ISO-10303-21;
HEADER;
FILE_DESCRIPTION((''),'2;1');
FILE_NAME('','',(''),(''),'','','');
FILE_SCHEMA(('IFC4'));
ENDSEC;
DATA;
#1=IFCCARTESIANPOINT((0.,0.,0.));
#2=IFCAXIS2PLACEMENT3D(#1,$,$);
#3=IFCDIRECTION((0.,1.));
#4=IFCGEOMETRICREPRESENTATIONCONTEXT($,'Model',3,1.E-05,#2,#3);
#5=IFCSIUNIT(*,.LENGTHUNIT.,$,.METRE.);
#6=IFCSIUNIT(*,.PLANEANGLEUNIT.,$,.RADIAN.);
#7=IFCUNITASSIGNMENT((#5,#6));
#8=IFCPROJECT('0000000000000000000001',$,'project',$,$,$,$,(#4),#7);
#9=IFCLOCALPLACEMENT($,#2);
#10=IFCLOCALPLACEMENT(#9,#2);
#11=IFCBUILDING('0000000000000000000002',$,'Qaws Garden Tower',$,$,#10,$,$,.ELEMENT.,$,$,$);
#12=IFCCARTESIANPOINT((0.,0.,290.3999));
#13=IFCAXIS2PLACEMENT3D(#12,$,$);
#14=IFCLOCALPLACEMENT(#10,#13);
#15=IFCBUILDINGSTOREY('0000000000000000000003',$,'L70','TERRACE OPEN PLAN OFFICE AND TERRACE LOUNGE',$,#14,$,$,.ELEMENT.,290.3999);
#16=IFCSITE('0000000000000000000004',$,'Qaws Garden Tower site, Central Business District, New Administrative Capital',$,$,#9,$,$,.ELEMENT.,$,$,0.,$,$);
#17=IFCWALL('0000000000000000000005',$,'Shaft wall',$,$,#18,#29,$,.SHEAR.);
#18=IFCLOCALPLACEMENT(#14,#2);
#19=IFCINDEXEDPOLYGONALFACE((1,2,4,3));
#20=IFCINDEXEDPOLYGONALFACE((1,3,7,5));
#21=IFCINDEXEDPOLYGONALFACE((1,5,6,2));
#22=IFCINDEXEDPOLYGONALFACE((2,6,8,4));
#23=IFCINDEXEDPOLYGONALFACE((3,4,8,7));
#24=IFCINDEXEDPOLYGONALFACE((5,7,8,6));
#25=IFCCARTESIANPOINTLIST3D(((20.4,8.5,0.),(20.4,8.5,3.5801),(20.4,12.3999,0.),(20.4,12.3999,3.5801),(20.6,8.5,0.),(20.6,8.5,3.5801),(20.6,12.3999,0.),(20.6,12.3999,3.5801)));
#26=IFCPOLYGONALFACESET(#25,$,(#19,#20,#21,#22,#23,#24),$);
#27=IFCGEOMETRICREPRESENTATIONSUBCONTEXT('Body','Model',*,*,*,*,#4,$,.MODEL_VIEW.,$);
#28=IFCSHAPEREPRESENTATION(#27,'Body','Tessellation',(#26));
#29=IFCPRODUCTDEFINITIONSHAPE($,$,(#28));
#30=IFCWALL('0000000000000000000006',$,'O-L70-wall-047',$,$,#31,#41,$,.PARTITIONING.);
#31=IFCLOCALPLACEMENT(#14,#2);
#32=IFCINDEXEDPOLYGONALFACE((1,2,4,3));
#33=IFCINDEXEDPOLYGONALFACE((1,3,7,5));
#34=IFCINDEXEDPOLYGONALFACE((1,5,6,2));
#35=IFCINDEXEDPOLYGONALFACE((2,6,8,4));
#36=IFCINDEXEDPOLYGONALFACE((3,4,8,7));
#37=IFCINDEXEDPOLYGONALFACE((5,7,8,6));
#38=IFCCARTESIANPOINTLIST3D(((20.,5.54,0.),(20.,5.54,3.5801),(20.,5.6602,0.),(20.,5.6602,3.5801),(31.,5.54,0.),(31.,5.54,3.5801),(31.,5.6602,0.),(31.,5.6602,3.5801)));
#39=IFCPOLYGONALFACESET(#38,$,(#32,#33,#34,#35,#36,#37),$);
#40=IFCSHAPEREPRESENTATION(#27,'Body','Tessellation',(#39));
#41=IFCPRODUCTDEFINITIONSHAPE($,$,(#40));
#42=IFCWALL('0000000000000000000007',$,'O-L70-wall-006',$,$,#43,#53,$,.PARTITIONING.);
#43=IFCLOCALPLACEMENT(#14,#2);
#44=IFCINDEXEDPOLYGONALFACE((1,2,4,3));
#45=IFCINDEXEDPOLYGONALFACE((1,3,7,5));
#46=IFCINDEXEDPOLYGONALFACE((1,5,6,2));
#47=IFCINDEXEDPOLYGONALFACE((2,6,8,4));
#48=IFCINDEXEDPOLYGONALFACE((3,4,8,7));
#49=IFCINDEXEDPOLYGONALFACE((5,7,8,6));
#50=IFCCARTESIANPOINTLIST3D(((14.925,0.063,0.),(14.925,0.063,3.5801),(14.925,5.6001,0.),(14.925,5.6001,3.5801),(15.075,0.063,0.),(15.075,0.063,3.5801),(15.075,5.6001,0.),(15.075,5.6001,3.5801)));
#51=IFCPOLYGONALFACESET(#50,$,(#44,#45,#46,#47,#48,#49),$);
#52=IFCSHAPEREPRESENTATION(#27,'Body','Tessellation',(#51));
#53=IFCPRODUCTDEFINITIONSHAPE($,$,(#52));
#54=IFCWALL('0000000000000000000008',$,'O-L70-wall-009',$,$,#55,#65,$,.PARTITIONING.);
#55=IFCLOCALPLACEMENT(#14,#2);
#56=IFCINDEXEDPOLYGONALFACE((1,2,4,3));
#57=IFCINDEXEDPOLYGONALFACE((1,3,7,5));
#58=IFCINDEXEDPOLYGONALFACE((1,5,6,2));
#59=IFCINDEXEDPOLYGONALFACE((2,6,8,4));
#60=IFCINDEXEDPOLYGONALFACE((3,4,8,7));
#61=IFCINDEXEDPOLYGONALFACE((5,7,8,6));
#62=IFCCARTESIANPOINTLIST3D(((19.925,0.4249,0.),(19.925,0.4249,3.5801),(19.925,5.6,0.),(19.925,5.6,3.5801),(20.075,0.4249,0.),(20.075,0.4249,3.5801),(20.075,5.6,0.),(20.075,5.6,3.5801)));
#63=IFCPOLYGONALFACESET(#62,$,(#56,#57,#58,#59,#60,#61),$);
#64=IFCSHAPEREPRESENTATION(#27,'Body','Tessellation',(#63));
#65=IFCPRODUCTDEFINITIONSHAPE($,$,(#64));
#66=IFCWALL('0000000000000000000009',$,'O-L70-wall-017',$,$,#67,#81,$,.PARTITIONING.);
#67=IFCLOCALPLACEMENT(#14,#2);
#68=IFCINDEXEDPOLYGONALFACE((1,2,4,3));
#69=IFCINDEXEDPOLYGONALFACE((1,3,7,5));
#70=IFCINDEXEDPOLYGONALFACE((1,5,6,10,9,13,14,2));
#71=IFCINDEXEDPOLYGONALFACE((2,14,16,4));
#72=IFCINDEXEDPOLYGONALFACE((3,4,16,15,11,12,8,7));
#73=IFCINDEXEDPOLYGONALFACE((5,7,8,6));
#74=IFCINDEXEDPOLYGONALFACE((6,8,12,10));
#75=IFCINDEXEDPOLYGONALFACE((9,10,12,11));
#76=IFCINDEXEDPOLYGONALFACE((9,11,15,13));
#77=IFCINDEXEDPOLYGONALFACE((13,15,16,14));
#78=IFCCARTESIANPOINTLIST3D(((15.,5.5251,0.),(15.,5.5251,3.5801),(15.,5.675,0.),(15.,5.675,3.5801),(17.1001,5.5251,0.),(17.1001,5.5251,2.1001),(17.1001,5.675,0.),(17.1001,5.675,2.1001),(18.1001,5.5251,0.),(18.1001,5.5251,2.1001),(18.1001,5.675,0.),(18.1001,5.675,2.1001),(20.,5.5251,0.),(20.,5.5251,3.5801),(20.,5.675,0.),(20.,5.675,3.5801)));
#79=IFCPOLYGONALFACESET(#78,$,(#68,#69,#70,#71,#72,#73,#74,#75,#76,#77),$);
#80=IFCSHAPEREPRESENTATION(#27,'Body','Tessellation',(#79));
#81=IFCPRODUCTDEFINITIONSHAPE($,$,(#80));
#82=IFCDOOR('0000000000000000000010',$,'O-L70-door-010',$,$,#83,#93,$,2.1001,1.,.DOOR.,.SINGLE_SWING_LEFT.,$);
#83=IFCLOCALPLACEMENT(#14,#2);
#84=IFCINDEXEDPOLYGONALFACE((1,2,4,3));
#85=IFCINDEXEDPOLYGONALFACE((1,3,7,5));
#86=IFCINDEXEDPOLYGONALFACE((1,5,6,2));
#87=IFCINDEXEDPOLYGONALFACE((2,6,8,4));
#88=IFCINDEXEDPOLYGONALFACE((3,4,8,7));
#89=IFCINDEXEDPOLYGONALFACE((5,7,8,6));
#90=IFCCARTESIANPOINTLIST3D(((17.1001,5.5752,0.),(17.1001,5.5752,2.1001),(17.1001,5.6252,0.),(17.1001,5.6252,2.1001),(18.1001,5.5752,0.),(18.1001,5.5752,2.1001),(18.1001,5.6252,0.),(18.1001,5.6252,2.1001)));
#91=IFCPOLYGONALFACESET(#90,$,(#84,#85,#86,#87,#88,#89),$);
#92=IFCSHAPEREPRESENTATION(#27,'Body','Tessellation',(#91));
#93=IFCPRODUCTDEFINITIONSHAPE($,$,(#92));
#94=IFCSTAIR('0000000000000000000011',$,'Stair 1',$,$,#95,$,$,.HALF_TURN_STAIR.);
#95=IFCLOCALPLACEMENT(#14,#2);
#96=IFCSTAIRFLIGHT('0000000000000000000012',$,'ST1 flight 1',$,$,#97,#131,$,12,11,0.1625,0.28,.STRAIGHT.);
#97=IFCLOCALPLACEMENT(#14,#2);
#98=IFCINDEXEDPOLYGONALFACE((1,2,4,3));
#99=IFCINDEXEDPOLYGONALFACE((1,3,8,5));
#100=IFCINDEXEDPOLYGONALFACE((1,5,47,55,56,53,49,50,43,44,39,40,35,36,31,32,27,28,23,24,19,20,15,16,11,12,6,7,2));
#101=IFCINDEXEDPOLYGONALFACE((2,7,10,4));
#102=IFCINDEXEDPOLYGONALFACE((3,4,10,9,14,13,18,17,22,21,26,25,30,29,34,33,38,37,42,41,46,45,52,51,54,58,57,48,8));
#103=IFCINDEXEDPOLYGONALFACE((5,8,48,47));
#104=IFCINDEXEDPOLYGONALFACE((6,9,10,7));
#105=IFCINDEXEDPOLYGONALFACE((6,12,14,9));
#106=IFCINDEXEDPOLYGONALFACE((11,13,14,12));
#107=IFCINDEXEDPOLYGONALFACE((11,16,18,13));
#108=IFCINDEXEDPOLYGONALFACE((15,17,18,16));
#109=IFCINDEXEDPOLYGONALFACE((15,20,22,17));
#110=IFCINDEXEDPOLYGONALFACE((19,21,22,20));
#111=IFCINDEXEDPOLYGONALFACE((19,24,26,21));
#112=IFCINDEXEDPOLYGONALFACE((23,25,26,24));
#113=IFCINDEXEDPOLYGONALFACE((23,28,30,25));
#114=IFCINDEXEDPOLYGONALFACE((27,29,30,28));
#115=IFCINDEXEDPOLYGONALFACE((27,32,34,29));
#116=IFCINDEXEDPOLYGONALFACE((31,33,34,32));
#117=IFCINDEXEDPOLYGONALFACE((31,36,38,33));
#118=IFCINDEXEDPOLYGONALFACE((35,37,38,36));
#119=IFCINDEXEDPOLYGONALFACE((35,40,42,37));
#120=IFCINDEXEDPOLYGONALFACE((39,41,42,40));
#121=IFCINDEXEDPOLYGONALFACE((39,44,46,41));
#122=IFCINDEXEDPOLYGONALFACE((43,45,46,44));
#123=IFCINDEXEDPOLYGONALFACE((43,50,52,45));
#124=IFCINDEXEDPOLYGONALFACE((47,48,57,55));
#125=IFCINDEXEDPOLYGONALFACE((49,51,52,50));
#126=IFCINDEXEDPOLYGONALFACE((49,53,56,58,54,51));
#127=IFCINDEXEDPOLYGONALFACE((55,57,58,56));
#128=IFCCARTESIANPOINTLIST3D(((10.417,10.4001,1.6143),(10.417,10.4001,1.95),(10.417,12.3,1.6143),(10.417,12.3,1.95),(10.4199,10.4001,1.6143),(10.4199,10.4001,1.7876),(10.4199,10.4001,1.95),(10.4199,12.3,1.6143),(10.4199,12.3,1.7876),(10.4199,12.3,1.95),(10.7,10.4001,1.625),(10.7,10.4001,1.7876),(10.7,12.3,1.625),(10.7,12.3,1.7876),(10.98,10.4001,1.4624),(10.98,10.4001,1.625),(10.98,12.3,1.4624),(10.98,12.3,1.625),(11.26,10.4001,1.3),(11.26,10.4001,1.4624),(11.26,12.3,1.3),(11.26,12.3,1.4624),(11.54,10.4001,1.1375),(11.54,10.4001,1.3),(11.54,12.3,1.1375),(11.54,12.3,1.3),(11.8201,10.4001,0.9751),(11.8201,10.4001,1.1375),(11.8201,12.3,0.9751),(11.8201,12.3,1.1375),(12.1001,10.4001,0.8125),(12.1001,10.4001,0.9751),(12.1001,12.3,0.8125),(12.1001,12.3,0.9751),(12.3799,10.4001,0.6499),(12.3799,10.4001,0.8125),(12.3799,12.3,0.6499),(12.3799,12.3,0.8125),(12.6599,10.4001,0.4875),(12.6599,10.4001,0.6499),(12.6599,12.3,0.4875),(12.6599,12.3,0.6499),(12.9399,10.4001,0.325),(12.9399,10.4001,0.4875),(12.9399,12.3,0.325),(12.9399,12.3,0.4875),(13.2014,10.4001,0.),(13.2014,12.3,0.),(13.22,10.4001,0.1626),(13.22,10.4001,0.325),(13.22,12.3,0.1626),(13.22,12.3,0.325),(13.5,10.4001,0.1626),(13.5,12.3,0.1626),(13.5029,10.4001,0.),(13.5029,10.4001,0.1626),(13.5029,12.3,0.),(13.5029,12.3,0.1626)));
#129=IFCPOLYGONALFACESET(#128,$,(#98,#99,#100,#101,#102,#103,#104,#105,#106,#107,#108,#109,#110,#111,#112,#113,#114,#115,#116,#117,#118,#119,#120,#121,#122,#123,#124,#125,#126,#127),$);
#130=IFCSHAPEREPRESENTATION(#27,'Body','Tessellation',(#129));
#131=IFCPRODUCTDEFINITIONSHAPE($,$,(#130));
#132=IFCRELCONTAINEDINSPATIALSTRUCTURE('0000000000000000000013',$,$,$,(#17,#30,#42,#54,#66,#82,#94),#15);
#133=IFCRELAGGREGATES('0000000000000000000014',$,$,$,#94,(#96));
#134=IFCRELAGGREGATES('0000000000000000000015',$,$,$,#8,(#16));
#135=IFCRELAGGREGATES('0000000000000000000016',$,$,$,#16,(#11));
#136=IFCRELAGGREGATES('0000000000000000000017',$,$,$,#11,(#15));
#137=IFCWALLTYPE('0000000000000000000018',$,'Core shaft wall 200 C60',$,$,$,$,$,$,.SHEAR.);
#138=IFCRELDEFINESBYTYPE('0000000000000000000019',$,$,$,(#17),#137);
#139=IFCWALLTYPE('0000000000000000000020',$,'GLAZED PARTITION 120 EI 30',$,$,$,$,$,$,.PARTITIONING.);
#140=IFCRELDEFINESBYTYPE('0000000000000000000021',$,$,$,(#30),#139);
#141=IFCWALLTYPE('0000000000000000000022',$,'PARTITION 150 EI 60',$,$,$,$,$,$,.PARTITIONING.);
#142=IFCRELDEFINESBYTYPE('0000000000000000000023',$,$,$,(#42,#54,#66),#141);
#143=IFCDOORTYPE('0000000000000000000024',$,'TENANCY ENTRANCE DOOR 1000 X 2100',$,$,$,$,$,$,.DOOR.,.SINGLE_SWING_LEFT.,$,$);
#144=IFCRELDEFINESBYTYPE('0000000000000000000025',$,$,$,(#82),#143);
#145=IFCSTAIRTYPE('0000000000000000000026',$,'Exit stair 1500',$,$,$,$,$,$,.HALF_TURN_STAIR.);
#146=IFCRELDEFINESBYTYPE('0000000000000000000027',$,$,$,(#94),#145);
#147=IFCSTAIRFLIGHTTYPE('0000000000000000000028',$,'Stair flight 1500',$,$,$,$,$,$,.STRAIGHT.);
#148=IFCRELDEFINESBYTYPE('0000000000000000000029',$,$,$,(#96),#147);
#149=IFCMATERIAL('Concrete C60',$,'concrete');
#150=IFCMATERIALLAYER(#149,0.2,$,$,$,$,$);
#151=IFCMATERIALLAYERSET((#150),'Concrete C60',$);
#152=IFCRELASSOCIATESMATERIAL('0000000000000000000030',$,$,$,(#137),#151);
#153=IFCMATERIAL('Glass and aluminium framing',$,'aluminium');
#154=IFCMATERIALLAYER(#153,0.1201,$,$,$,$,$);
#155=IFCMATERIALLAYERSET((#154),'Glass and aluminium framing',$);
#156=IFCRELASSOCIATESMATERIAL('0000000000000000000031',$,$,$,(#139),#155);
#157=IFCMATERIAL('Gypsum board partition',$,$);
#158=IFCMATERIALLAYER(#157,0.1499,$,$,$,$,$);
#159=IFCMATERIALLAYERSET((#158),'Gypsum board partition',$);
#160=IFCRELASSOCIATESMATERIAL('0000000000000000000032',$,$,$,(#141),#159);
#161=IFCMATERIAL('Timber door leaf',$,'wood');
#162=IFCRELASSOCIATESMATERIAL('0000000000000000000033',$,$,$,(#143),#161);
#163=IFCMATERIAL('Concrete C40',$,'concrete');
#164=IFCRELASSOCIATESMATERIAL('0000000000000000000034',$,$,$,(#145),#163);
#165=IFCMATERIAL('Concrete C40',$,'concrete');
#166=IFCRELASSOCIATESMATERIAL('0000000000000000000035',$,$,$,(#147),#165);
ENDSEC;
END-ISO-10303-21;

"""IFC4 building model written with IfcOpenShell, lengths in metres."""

from ifc_helpers import new_model, si_unit, direction, frame, frame_2d, origin, place, context, subcontext, project, spatial, polyline, rectangle, outline, extrude, material, layer, layer_set, type_object, element, fill, aggregate, save


model = new_model("IFC4")

# Units and contexts
model_context = context("Model", 3, precision=1e-05, world=origin(), true_north=direction((0.0, 1.0)))
body_context = subcontext(model_context, "Body", "Model", "MODEL_VIEW")
ifc_project = project(units=[si_unit("LENGTHUNIT", "METRE"), si_unit("PLANEANGLEUNIT", "RADIAN")], contexts=[model_context])

# Site, building, storey
site_placement = place(None, origin())
site = spatial("IfcSite", under=ifc_project, at=site_placement, Name="Qaws Garden Tower site, Central Business District, New Administrative Capital", CompositionType="ELEMENT", RefElevation=0.0)
building_placement = place(site_placement, origin())
building = spatial("IfcBuilding", under=site, at=building_placement, Name="Qaws Garden Tower", CompositionType="ELEMENT")
storey_placement = place(building_placement, frame((0.0, 0.0, 290.3999)))
storey = spatial("IfcBuildingStorey", under=building, at=storey_placement, Name="L70", Description="TERRACE OPEN PLAN OFFICE AND TERRACE LOUNGE", CompositionType="ELEMENT", Elevation=290.3999)

# Walls
ifc_material_1 = material(Name="Concrete C60", Category="concrete")
ifc_layer_1 = layer(ifc_material_1, 0.2)
ifc_layer_set_1 = layer_set([ifc_layer_1], Name="Concrete C60")
wall_type_1 = type_object("IfcWallType", Name="Core shaft wall 200 C60", PredefinedType="SHEAR", material=ifc_layer_set_1)
for number, where, z_axis, x_axis, name in (
    (1, (20.5, 8.5, 0.0), (0.0, 0.0, 1.0), (0.0, 1.0, 0.0), "Shaft wall"),
):
    element("IfcWall", number, at=place(storey_placement, frame(where, z_axis=z_axis, x_axis=x_axis)), inside=storey, type_object=wall_type_1, Name=name, PredefinedType="SHEAR", context=body_context, shape_type="SweptSolid", body=[
        extrude(rectangle(XDim=3.8999, YDim=0.2, at=frame_2d((1.95, 0.0))), origin(), (0.0, 0.0, 1.0), 3.5801),
    ])
ifc_material_2 = material(Name="Glass and aluminium framing", Category="aluminium")
ifc_layer_2 = layer(ifc_material_2, 0.1201)
ifc_layer_set_2 = layer_set([ifc_layer_2], Name="Glass and aluminium framing")
wall_type_2 = type_object("IfcWallType", Name="GLAZED PARTITION 120 EI 30", PredefinedType="PARTITIONING", material=ifc_layer_set_2)
wall_1_placement = place(storey_placement, frame((20.0, 5.6001, 0.0), z_axis=(0.0, 0.0, 1.0), x_axis=(1.0, 0.0, 0.0)))
element("IfcWall", 2, at=wall_1_placement, inside=storey, type_object=wall_type_2, Name="O-L70-wall-047", PredefinedType="PARTITIONING", context=body_context, shape_type="SweptSolid", body=[
    extrude(rectangle(XDim=11.0, YDim=0.1201, at=frame_2d((5.5, 0.0))), origin(), (0.0, 0.0, 1.0), 3.5801),
])
ifc_material_3 = material(Name="Gypsum board partition")
ifc_layer_3 = layer(ifc_material_3, 0.1499)
ifc_layer_set_3 = layer_set([ifc_layer_3], Name="Gypsum board partition")
wall_type_3 = type_object("IfcWallType", Name="PARTITION 150 EI 60", PredefinedType="PARTITIONING", material=ifc_layer_set_3)
wall_2_placement = place(storey_placement, frame((15.0, 0.063, 0.0), z_axis=(0.0, 0.0, 1.0), x_axis=(0.0, 1.0, 0.0)))
element("IfcWall", 3, at=wall_2_placement, inside=storey, type_object=wall_type_3, Name="O-L70-wall-006", PredefinedType="PARTITIONING", context=body_context, shape_type="SweptSolid", body=[
    extrude(rectangle(XDim=5.5371, YDim=0.1499, at=frame_2d((2.7686, 0.0))), origin(), (0.0, 0.0, 1.0), 3.5801),
])
wall_3_placement = place(storey_placement, frame((20.0, 0.425, 0.0), z_axis=(0.0, 0.0, 1.0), x_axis=(0.0, 1.0, 0.0)))
element("IfcWall", 4, at=wall_3_placement, inside=storey, type_object=wall_type_3, Name="O-L70-wall-009", PredefinedType="PARTITIONING", context=body_context, shape_type="SweptSolid", body=[
    extrude(rectangle(XDim=5.175, YDim=0.1499, at=frame_2d((2.5874, 0.0))), origin(), (0.0, 0.0, 1.0), 3.5801),
])

# Wall, opening, door
wall_4_placement = place(storey_placement, frame((15.0, 5.6001, 0.0), z_axis=(0.0, 0.0, 1.0), x_axis=(1.0, 0.0, 0.0)))
wall_4 = element("IfcWall", 5, at=wall_4_placement, inside=storey, type_object=wall_type_3, Name="O-L70-wall-017", PredefinedType="PARTITIONING", context=body_context, shape_type="SweptSolid", body=[
    extrude(rectangle(XDim=5.0, YDim=0.1499, at=frame_2d((2.5, 0.0))), origin(), (0.0, 0.0, 1.0), 3.5801),
])
opening_1_placement = place(wall_4_placement, frame((2.1001, 0.0, 0.0)))
opening_1 = element("IfcOpeningElement", 6, at=opening_1_placement, cuts=wall_4, PredefinedType="OPENING", context=body_context, shape_type="SweptSolid", body=[
    extrude(rectangle(XDim=1.0, YDim=2.1001, at=frame_2d((0.5, 1.05))), frame((0.0, 0.085, 0.0), z_axis=(0.0, -1.0, 0.0), x_axis=(1.0, 0.0, 0.0)), (0.0, 0.0, 1.0), 0.1699),
])
ifc_material_4 = material(Name="Timber door leaf", Category="wood")
door_type = type_object("IfcDoorType", Name="TENANCY ENTRANCE DOOR 1000 X 2100", OperationType="SINGLE_SWING_LEFT", PredefinedType="DOOR", material=ifc_material_4)
door_placement = place(opening_1_placement, frame((1.0, 0.0, 0.0), z_axis=(0.0, 0.0, 1.0), x_axis=(-1.0, 0.0, 0.0)))
door = element("IfcDoor", 7, at=door_placement, inside=storey, type_object=door_type, Name="O-L70-door-010", OperationType="SINGLE_SWING_LEFT", OverallHeight=2.1001, OverallWidth=1.0, PredefinedType="DOOR", context=body_context, shape_type="SweptSolid", body=[
    extrude(rectangle(XDim=1.0, YDim=2.1001, at=frame_2d((0.5, 1.05))), frame((0.0, 0.0249, 0.0), z_axis=(0.0, -1.0, 0.0), x_axis=(1.0, 0.0, 0.0)), (0.0, 0.0, 1.0), 0.05),
])
fill(opening_1, door)

# Stair, stair flight
ifc_material_5 = material(Name="Concrete C40", Category="concrete")
stair_type = type_object("IfcStairType", Name="Exit stair 1500", PredefinedType="HALF_TURN_STAIR", material=ifc_material_5)
stair_placement = place(storey_placement, origin())
stair = element("IfcStair", 8, at=stair_placement, inside=storey, type_object=stair_type, Name="Stair 1", PredefinedType="HALF_TURN_STAIR")
ifc_material_6 = material(Name="Concrete C40", Category="concrete")
stair_flight_type = type_object("IfcStairFlightType", Name="Stair flight 1500", PredefinedType="STRAIGHT", material=ifc_material_6)
stair_flight_placement = place(storey_placement, frame((13.5, 11.3501, 0.0), z_axis=(0.0, 0.0, 1.0), x_axis=(-1.0, 0.0, 0.0)))
stair_flight = element("IfcStairFlight", 9, at=stair_flight_placement, type_object=stair_flight_type, Name="ST1 flight 1", NumberOfRisers=12, NumberOfTreads=11, PredefinedType="STRAIGHT", RiserHeight=0.1625, TreadLength=0.28, context=body_context, shape_type="SweptSolid", body=[
    extrude(outline(polyline([(-0.0029, 0.0), (-0.0029, 0.1626), (0.0, 0.1626), (0.28, 0.1626), (0.28, 0.325), (0.5601, 0.325), (0.5601, 0.4875), (0.8401, 0.4875), (0.8401, 0.6499), (1.1201, 0.6499), (1.1201, 0.8125), (1.3999, 0.8125), (1.3999, 0.9751), (1.6799, 0.9751), (1.6799, 1.1375), (1.96, 1.1375), (1.96, 1.3), (2.24, 1.3), (2.24, 1.4624), (2.52, 1.4624), (2.52, 1.625), (2.8, 1.625), (2.8, 1.7876), (3.0801, 1.7876), (3.0801, 1.95), (3.083, 1.95), (3.083, 1.6143), (3.0801, 1.6143), (0.2986, 0.0), (-0.0029, 0.0)])), frame((0.0, 0.95, 0.0), z_axis=(0.0, -1.0, 0.0), x_axis=(1.0, 0.0, 0.0)), (0.0, 0.0, 1.0), 1.8999),
])
aggregate(stair, [stair_flight])

save(model, "model.ifc")
